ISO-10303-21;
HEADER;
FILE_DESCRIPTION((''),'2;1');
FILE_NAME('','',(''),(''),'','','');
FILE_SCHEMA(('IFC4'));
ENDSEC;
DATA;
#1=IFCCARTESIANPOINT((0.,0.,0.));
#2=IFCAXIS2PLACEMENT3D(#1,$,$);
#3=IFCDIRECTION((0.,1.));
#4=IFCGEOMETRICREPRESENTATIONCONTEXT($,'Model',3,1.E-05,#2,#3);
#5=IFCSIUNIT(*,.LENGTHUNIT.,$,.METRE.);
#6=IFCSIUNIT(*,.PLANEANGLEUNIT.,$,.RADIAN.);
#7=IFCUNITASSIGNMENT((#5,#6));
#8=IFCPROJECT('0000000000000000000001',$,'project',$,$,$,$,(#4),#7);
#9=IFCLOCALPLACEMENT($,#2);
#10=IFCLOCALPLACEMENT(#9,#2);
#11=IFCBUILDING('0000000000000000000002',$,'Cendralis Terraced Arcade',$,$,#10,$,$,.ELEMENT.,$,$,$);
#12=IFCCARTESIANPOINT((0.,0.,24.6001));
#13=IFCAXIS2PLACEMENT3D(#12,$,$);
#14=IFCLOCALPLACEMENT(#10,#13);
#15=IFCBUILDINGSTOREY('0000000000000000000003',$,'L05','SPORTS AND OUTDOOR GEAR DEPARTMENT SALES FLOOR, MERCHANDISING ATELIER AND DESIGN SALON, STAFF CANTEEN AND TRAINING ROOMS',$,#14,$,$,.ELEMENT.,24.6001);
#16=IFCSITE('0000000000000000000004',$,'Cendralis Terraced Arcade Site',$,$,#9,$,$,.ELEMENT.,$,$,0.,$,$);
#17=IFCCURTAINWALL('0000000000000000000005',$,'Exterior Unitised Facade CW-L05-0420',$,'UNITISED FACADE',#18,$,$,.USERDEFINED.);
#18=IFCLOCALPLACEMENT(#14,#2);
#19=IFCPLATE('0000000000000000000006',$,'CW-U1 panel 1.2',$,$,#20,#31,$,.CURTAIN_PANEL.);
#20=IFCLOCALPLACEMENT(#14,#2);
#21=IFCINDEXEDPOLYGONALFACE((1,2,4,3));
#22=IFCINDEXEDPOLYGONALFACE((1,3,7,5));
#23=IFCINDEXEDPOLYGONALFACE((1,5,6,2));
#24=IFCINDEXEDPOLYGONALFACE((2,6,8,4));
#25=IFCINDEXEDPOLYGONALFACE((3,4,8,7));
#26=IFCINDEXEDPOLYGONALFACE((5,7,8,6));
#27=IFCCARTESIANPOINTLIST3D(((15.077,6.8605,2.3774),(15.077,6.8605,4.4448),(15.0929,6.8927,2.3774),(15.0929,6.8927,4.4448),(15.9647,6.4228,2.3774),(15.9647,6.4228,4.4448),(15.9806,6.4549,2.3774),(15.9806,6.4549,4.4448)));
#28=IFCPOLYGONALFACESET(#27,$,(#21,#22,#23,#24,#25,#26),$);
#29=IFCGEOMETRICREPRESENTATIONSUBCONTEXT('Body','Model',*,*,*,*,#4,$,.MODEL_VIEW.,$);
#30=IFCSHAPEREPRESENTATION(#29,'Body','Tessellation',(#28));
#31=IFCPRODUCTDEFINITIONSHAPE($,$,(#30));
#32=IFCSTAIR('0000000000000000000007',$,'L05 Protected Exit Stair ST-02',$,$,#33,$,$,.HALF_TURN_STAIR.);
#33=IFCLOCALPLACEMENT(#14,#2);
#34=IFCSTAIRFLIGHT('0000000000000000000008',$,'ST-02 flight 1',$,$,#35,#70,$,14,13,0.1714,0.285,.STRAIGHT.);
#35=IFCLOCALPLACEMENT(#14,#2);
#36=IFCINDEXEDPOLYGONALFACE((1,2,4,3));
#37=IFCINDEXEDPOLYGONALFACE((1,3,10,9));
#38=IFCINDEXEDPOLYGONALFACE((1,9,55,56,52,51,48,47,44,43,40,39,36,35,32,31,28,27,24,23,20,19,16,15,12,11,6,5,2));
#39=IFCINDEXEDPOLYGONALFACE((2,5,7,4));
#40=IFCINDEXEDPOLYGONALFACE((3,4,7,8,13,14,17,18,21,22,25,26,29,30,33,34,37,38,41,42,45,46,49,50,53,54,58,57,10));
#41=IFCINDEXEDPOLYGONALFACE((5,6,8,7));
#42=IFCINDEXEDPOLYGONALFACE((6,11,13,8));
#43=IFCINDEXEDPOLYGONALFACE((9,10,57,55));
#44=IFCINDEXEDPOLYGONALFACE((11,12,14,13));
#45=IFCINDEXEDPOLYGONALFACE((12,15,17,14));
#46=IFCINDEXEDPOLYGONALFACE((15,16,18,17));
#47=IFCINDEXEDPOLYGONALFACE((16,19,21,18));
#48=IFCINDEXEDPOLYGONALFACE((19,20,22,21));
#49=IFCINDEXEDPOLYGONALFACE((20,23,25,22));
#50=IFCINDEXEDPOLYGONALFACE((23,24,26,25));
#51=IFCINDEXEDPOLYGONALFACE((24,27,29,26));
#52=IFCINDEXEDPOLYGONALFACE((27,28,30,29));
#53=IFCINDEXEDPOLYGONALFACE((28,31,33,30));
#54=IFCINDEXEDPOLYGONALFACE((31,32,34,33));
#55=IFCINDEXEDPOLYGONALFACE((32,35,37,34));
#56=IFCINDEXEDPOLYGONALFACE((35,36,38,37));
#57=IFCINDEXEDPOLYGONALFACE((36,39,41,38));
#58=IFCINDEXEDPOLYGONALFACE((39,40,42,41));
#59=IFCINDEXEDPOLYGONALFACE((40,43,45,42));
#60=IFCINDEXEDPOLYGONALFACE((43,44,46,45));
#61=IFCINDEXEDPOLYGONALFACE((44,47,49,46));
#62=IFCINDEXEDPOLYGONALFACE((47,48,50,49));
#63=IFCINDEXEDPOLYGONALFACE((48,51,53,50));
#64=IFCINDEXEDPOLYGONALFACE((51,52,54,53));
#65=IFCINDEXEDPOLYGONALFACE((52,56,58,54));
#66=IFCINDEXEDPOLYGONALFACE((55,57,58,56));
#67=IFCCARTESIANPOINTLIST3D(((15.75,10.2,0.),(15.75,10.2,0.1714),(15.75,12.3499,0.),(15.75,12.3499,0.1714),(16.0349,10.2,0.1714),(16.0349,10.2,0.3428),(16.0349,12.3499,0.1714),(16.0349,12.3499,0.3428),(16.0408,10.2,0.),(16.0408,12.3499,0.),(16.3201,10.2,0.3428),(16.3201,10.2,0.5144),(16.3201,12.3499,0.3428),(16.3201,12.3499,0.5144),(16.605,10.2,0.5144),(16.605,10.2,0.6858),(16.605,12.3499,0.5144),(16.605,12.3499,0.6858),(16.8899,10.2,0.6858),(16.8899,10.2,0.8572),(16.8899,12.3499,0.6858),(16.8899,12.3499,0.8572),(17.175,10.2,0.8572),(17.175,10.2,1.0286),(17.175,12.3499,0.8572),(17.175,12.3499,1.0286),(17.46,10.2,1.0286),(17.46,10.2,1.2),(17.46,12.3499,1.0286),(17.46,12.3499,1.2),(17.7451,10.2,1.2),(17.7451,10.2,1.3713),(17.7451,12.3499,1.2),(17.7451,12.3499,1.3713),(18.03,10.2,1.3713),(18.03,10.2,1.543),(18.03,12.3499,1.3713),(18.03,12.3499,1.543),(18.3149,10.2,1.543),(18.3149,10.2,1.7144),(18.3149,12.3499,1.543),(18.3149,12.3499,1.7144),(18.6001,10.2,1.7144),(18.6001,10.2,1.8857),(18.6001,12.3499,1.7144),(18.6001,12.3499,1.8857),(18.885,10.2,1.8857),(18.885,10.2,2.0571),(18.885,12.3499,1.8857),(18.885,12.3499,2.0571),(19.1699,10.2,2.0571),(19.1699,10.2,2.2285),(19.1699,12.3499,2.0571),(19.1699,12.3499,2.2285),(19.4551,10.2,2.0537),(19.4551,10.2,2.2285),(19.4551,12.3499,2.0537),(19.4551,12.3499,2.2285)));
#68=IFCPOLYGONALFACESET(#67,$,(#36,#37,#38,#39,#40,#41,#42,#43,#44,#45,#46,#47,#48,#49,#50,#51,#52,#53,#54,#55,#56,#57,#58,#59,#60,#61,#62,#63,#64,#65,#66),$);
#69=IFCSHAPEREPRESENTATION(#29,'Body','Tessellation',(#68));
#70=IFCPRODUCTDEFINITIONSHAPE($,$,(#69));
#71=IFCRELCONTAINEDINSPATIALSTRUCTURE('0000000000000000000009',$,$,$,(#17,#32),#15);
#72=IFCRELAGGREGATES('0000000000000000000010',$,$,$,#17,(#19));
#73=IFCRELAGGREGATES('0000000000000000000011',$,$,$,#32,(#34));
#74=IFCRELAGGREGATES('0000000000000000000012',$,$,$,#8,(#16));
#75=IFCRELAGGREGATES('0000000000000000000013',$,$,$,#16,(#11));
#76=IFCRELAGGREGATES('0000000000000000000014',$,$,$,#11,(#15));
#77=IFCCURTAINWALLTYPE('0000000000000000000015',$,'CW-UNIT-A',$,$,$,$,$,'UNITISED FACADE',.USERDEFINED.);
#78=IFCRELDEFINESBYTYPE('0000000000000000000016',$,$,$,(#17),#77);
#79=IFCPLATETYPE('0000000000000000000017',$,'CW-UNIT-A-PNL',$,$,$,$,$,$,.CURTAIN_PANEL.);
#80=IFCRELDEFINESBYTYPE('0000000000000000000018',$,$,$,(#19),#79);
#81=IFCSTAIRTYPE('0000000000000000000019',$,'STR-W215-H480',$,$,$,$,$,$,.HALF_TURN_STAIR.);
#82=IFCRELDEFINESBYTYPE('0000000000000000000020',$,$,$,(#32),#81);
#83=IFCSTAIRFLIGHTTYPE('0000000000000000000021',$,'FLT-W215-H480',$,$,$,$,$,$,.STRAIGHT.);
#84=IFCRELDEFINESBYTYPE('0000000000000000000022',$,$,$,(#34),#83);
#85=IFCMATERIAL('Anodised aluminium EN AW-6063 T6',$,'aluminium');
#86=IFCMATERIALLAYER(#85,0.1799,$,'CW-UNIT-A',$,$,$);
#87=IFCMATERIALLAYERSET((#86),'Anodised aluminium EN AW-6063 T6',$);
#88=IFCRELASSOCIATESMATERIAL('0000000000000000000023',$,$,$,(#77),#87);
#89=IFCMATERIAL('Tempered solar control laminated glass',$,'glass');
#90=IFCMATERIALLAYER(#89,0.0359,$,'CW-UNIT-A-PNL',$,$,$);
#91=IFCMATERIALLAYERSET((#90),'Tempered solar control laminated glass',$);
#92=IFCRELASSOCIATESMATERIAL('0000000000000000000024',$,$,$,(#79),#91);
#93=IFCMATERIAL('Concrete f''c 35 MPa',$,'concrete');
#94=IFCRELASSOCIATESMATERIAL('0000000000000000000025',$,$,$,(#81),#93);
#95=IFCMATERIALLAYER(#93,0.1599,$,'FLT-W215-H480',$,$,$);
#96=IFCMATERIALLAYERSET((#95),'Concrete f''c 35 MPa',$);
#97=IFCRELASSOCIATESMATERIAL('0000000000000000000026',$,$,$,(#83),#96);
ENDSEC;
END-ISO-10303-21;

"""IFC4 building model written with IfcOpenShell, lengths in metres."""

from ifc_helpers import new_model, si_unit, direction, frame, origin, origin_2d, place, context, subcontext, project, spatial, polyline, rectangle, outline, extrude, material, layer, layer_set, type_object, element, aggregate, save


model = new_model("IFC4")

# Units and contexts
model_context = context("Model", 3, precision=1e-05, world=origin(), true_north=direction((0.0, 1.0)))
body_context = subcontext(model_context, "Body", "Model", "MODEL_VIEW")
ifc_project = project(units=[si_unit("LENGTHUNIT", "METRE"), si_unit("PLANEANGLEUNIT", "RADIAN")], contexts=[model_context])

# Site, building, storey
site_placement = place(None, origin())
site = spatial("IfcSite", under=ifc_project, at=site_placement, Name="Cendralis Terraced Arcade Site", CompositionType="ELEMENT", RefElevation=0.0)
building_placement = place(site_placement, origin())
building = spatial("IfcBuilding", under=site, at=building_placement, Name="Cendralis Terraced Arcade", CompositionType="ELEMENT")
storey_placement = place(building_placement, frame((0.0, 0.0, 24.6001)))
storey = spatial("IfcBuildingStorey", under=building, at=storey_placement, Name="L05", Description="SPORTS AND OUTDOOR GEAR DEPARTMENT SALES FLOOR, MERCHANDISING ATELIER AND DESIGN SALON, STAFF CANTEEN AND TRAINING ROOMS", CompositionType="ELEMENT", Elevation=24.6001)

# Curtain wall
ifc_material_1 = material(Name="Anodised aluminium EN AW-6063 T6", Category="aluminium")
ifc_layer_1 = layer(ifc_material_1, 0.1799, Name="CW-UNIT-A")
ifc_layer_set_1 = layer_set([ifc_layer_1], Name="Anodised aluminium EN AW-6063 T6")
curtain_wall_type = type_object("IfcCurtainWallType", Name="CW-UNIT-A", ElementType="UNITISED FACADE", PredefinedType="USERDEFINED", material=ifc_layer_set_1)
curtain_wall_1_placement = place(storey_placement, origin())
curtain_wall_1 = element("IfcCurtainWall", 1, at=curtain_wall_1_placement, inside=storey, type_object=curtain_wall_type, Name="Exterior Unitised Facade CW-L05-0420", ObjectType="UNITISED FACADE", PredefinedType="USERDEFINED")

# Plate
ifc_material_2 = material(Name="Tempered solar control laminated glass", Category="glass")
ifc_layer_2 = layer(ifc_material_2, 0.0359, Name="CW-UNIT-A-PNL")
ifc_layer_set_2 = layer_set([ifc_layer_2], Name="Tempered solar control laminated glass")
plate_type = type_object("IfcPlateType", Name="CW-UNIT-A-PNL", PredefinedType="CURTAIN_PANEL", material=ifc_layer_set_2)
plate_1_placement = place(storey_placement, frame((15.5288, 6.6577, 2.3774), z_axis=(0.0, 0.0, 1.0), x_axis=(-0.896888, 0.442259, 0.0)))
plate_1 = element("IfcPlate", 2, at=plate_1_placement, type_object=plate_type, Name="CW-U1 panel 1.2", PredefinedType="CURTAIN_PANEL", context=body_context, shape_type="SweptSolid", body=[
    extrude(rectangle(XDim=0.9897, YDim=0.0359, at=origin_2d()), origin(), (0.0, 0.0, 1.0), 2.0674),
])
aggregate(curtain_wall_1, [plate_1])

# Stair, stair flight
ifc_material_3 = material(Name="Concrete f'c 35 MPa", Category="concrete")
stair_type = type_object("IfcStairType", Name="STR-W215-H480", PredefinedType="HALF_TURN_STAIR", material=ifc_material_3)
stair_placement = place(storey_placement, origin())
stair = element("IfcStair", 3, at=stair_placement, inside=storey, type_object=stair_type, Name="L05 Protected Exit Stair ST-02", PredefinedType="HALF_TURN_STAIR")
ifc_layer_3 = layer(ifc_material_3, 0.1599, Name="FLT-W215-H480")
ifc_layer_set_3 = layer_set([ifc_layer_3], Name="Concrete f'c 35 MPa")
stair_flight_type = type_object("IfcStairFlightType", Name="FLT-W215-H480", PredefinedType="STRAIGHT", material=ifc_layer_set_3)
stair_flight_placement = place(storey_placement, frame((15.75, 11.2749, 0.0), z_axis=(0.0, 0.0, 1.0), x_axis=(1.0, 0.0, 0.0)))
stair_flight = element("IfcStairFlight", 4, at=stair_flight_placement, type_object=stair_flight_type, Name="ST-02 flight 1", NumberOfRisers=14, NumberOfTreads=13, PredefinedType="STRAIGHT", RiserHeight=0.1714, TreadLength=0.285, context=body_context, shape_type="SweptSolid", body=[
    extrude(outline(polyline([(0.0, 0.0), (0.0, 0.1714), (0.2849, 0.1714), (0.2849, 0.3428), (0.5701, 0.3428), (0.5701, 0.5144), (0.855, 0.5144), (0.855, 0.6858), (1.1399, 0.6858), (1.1399, 0.8572), (1.425, 0.8572), (1.425, 1.0286), (1.71, 1.0286), (1.71, 1.2), (1.9951, 1.2), (1.9951, 1.3713), (2.28, 1.3713), (2.28, 1.543), (2.5649, 1.543), (2.5649, 1.7144), (2.8501, 1.7144), (2.8501, 1.8857), (3.135, 1.8857), (3.135, 2.0571), (3.4199, 2.0571), (3.4199, 2.2285), (3.7051, 2.2285), (3.7051, 2.3999), (3.7051, 2.0537), (0.2908, 0.0), (0.0, 0.0)])), frame((0.0, 1.075, 0.0), z_axis=(0.0, -1.0, 0.0), x_axis=(1.0, 0.0, 0.0)), (0.0, 0.0, 1.0), 2.1499),
])
aggregate(stair, [stair_flight])

save(model, "model.ifc")
